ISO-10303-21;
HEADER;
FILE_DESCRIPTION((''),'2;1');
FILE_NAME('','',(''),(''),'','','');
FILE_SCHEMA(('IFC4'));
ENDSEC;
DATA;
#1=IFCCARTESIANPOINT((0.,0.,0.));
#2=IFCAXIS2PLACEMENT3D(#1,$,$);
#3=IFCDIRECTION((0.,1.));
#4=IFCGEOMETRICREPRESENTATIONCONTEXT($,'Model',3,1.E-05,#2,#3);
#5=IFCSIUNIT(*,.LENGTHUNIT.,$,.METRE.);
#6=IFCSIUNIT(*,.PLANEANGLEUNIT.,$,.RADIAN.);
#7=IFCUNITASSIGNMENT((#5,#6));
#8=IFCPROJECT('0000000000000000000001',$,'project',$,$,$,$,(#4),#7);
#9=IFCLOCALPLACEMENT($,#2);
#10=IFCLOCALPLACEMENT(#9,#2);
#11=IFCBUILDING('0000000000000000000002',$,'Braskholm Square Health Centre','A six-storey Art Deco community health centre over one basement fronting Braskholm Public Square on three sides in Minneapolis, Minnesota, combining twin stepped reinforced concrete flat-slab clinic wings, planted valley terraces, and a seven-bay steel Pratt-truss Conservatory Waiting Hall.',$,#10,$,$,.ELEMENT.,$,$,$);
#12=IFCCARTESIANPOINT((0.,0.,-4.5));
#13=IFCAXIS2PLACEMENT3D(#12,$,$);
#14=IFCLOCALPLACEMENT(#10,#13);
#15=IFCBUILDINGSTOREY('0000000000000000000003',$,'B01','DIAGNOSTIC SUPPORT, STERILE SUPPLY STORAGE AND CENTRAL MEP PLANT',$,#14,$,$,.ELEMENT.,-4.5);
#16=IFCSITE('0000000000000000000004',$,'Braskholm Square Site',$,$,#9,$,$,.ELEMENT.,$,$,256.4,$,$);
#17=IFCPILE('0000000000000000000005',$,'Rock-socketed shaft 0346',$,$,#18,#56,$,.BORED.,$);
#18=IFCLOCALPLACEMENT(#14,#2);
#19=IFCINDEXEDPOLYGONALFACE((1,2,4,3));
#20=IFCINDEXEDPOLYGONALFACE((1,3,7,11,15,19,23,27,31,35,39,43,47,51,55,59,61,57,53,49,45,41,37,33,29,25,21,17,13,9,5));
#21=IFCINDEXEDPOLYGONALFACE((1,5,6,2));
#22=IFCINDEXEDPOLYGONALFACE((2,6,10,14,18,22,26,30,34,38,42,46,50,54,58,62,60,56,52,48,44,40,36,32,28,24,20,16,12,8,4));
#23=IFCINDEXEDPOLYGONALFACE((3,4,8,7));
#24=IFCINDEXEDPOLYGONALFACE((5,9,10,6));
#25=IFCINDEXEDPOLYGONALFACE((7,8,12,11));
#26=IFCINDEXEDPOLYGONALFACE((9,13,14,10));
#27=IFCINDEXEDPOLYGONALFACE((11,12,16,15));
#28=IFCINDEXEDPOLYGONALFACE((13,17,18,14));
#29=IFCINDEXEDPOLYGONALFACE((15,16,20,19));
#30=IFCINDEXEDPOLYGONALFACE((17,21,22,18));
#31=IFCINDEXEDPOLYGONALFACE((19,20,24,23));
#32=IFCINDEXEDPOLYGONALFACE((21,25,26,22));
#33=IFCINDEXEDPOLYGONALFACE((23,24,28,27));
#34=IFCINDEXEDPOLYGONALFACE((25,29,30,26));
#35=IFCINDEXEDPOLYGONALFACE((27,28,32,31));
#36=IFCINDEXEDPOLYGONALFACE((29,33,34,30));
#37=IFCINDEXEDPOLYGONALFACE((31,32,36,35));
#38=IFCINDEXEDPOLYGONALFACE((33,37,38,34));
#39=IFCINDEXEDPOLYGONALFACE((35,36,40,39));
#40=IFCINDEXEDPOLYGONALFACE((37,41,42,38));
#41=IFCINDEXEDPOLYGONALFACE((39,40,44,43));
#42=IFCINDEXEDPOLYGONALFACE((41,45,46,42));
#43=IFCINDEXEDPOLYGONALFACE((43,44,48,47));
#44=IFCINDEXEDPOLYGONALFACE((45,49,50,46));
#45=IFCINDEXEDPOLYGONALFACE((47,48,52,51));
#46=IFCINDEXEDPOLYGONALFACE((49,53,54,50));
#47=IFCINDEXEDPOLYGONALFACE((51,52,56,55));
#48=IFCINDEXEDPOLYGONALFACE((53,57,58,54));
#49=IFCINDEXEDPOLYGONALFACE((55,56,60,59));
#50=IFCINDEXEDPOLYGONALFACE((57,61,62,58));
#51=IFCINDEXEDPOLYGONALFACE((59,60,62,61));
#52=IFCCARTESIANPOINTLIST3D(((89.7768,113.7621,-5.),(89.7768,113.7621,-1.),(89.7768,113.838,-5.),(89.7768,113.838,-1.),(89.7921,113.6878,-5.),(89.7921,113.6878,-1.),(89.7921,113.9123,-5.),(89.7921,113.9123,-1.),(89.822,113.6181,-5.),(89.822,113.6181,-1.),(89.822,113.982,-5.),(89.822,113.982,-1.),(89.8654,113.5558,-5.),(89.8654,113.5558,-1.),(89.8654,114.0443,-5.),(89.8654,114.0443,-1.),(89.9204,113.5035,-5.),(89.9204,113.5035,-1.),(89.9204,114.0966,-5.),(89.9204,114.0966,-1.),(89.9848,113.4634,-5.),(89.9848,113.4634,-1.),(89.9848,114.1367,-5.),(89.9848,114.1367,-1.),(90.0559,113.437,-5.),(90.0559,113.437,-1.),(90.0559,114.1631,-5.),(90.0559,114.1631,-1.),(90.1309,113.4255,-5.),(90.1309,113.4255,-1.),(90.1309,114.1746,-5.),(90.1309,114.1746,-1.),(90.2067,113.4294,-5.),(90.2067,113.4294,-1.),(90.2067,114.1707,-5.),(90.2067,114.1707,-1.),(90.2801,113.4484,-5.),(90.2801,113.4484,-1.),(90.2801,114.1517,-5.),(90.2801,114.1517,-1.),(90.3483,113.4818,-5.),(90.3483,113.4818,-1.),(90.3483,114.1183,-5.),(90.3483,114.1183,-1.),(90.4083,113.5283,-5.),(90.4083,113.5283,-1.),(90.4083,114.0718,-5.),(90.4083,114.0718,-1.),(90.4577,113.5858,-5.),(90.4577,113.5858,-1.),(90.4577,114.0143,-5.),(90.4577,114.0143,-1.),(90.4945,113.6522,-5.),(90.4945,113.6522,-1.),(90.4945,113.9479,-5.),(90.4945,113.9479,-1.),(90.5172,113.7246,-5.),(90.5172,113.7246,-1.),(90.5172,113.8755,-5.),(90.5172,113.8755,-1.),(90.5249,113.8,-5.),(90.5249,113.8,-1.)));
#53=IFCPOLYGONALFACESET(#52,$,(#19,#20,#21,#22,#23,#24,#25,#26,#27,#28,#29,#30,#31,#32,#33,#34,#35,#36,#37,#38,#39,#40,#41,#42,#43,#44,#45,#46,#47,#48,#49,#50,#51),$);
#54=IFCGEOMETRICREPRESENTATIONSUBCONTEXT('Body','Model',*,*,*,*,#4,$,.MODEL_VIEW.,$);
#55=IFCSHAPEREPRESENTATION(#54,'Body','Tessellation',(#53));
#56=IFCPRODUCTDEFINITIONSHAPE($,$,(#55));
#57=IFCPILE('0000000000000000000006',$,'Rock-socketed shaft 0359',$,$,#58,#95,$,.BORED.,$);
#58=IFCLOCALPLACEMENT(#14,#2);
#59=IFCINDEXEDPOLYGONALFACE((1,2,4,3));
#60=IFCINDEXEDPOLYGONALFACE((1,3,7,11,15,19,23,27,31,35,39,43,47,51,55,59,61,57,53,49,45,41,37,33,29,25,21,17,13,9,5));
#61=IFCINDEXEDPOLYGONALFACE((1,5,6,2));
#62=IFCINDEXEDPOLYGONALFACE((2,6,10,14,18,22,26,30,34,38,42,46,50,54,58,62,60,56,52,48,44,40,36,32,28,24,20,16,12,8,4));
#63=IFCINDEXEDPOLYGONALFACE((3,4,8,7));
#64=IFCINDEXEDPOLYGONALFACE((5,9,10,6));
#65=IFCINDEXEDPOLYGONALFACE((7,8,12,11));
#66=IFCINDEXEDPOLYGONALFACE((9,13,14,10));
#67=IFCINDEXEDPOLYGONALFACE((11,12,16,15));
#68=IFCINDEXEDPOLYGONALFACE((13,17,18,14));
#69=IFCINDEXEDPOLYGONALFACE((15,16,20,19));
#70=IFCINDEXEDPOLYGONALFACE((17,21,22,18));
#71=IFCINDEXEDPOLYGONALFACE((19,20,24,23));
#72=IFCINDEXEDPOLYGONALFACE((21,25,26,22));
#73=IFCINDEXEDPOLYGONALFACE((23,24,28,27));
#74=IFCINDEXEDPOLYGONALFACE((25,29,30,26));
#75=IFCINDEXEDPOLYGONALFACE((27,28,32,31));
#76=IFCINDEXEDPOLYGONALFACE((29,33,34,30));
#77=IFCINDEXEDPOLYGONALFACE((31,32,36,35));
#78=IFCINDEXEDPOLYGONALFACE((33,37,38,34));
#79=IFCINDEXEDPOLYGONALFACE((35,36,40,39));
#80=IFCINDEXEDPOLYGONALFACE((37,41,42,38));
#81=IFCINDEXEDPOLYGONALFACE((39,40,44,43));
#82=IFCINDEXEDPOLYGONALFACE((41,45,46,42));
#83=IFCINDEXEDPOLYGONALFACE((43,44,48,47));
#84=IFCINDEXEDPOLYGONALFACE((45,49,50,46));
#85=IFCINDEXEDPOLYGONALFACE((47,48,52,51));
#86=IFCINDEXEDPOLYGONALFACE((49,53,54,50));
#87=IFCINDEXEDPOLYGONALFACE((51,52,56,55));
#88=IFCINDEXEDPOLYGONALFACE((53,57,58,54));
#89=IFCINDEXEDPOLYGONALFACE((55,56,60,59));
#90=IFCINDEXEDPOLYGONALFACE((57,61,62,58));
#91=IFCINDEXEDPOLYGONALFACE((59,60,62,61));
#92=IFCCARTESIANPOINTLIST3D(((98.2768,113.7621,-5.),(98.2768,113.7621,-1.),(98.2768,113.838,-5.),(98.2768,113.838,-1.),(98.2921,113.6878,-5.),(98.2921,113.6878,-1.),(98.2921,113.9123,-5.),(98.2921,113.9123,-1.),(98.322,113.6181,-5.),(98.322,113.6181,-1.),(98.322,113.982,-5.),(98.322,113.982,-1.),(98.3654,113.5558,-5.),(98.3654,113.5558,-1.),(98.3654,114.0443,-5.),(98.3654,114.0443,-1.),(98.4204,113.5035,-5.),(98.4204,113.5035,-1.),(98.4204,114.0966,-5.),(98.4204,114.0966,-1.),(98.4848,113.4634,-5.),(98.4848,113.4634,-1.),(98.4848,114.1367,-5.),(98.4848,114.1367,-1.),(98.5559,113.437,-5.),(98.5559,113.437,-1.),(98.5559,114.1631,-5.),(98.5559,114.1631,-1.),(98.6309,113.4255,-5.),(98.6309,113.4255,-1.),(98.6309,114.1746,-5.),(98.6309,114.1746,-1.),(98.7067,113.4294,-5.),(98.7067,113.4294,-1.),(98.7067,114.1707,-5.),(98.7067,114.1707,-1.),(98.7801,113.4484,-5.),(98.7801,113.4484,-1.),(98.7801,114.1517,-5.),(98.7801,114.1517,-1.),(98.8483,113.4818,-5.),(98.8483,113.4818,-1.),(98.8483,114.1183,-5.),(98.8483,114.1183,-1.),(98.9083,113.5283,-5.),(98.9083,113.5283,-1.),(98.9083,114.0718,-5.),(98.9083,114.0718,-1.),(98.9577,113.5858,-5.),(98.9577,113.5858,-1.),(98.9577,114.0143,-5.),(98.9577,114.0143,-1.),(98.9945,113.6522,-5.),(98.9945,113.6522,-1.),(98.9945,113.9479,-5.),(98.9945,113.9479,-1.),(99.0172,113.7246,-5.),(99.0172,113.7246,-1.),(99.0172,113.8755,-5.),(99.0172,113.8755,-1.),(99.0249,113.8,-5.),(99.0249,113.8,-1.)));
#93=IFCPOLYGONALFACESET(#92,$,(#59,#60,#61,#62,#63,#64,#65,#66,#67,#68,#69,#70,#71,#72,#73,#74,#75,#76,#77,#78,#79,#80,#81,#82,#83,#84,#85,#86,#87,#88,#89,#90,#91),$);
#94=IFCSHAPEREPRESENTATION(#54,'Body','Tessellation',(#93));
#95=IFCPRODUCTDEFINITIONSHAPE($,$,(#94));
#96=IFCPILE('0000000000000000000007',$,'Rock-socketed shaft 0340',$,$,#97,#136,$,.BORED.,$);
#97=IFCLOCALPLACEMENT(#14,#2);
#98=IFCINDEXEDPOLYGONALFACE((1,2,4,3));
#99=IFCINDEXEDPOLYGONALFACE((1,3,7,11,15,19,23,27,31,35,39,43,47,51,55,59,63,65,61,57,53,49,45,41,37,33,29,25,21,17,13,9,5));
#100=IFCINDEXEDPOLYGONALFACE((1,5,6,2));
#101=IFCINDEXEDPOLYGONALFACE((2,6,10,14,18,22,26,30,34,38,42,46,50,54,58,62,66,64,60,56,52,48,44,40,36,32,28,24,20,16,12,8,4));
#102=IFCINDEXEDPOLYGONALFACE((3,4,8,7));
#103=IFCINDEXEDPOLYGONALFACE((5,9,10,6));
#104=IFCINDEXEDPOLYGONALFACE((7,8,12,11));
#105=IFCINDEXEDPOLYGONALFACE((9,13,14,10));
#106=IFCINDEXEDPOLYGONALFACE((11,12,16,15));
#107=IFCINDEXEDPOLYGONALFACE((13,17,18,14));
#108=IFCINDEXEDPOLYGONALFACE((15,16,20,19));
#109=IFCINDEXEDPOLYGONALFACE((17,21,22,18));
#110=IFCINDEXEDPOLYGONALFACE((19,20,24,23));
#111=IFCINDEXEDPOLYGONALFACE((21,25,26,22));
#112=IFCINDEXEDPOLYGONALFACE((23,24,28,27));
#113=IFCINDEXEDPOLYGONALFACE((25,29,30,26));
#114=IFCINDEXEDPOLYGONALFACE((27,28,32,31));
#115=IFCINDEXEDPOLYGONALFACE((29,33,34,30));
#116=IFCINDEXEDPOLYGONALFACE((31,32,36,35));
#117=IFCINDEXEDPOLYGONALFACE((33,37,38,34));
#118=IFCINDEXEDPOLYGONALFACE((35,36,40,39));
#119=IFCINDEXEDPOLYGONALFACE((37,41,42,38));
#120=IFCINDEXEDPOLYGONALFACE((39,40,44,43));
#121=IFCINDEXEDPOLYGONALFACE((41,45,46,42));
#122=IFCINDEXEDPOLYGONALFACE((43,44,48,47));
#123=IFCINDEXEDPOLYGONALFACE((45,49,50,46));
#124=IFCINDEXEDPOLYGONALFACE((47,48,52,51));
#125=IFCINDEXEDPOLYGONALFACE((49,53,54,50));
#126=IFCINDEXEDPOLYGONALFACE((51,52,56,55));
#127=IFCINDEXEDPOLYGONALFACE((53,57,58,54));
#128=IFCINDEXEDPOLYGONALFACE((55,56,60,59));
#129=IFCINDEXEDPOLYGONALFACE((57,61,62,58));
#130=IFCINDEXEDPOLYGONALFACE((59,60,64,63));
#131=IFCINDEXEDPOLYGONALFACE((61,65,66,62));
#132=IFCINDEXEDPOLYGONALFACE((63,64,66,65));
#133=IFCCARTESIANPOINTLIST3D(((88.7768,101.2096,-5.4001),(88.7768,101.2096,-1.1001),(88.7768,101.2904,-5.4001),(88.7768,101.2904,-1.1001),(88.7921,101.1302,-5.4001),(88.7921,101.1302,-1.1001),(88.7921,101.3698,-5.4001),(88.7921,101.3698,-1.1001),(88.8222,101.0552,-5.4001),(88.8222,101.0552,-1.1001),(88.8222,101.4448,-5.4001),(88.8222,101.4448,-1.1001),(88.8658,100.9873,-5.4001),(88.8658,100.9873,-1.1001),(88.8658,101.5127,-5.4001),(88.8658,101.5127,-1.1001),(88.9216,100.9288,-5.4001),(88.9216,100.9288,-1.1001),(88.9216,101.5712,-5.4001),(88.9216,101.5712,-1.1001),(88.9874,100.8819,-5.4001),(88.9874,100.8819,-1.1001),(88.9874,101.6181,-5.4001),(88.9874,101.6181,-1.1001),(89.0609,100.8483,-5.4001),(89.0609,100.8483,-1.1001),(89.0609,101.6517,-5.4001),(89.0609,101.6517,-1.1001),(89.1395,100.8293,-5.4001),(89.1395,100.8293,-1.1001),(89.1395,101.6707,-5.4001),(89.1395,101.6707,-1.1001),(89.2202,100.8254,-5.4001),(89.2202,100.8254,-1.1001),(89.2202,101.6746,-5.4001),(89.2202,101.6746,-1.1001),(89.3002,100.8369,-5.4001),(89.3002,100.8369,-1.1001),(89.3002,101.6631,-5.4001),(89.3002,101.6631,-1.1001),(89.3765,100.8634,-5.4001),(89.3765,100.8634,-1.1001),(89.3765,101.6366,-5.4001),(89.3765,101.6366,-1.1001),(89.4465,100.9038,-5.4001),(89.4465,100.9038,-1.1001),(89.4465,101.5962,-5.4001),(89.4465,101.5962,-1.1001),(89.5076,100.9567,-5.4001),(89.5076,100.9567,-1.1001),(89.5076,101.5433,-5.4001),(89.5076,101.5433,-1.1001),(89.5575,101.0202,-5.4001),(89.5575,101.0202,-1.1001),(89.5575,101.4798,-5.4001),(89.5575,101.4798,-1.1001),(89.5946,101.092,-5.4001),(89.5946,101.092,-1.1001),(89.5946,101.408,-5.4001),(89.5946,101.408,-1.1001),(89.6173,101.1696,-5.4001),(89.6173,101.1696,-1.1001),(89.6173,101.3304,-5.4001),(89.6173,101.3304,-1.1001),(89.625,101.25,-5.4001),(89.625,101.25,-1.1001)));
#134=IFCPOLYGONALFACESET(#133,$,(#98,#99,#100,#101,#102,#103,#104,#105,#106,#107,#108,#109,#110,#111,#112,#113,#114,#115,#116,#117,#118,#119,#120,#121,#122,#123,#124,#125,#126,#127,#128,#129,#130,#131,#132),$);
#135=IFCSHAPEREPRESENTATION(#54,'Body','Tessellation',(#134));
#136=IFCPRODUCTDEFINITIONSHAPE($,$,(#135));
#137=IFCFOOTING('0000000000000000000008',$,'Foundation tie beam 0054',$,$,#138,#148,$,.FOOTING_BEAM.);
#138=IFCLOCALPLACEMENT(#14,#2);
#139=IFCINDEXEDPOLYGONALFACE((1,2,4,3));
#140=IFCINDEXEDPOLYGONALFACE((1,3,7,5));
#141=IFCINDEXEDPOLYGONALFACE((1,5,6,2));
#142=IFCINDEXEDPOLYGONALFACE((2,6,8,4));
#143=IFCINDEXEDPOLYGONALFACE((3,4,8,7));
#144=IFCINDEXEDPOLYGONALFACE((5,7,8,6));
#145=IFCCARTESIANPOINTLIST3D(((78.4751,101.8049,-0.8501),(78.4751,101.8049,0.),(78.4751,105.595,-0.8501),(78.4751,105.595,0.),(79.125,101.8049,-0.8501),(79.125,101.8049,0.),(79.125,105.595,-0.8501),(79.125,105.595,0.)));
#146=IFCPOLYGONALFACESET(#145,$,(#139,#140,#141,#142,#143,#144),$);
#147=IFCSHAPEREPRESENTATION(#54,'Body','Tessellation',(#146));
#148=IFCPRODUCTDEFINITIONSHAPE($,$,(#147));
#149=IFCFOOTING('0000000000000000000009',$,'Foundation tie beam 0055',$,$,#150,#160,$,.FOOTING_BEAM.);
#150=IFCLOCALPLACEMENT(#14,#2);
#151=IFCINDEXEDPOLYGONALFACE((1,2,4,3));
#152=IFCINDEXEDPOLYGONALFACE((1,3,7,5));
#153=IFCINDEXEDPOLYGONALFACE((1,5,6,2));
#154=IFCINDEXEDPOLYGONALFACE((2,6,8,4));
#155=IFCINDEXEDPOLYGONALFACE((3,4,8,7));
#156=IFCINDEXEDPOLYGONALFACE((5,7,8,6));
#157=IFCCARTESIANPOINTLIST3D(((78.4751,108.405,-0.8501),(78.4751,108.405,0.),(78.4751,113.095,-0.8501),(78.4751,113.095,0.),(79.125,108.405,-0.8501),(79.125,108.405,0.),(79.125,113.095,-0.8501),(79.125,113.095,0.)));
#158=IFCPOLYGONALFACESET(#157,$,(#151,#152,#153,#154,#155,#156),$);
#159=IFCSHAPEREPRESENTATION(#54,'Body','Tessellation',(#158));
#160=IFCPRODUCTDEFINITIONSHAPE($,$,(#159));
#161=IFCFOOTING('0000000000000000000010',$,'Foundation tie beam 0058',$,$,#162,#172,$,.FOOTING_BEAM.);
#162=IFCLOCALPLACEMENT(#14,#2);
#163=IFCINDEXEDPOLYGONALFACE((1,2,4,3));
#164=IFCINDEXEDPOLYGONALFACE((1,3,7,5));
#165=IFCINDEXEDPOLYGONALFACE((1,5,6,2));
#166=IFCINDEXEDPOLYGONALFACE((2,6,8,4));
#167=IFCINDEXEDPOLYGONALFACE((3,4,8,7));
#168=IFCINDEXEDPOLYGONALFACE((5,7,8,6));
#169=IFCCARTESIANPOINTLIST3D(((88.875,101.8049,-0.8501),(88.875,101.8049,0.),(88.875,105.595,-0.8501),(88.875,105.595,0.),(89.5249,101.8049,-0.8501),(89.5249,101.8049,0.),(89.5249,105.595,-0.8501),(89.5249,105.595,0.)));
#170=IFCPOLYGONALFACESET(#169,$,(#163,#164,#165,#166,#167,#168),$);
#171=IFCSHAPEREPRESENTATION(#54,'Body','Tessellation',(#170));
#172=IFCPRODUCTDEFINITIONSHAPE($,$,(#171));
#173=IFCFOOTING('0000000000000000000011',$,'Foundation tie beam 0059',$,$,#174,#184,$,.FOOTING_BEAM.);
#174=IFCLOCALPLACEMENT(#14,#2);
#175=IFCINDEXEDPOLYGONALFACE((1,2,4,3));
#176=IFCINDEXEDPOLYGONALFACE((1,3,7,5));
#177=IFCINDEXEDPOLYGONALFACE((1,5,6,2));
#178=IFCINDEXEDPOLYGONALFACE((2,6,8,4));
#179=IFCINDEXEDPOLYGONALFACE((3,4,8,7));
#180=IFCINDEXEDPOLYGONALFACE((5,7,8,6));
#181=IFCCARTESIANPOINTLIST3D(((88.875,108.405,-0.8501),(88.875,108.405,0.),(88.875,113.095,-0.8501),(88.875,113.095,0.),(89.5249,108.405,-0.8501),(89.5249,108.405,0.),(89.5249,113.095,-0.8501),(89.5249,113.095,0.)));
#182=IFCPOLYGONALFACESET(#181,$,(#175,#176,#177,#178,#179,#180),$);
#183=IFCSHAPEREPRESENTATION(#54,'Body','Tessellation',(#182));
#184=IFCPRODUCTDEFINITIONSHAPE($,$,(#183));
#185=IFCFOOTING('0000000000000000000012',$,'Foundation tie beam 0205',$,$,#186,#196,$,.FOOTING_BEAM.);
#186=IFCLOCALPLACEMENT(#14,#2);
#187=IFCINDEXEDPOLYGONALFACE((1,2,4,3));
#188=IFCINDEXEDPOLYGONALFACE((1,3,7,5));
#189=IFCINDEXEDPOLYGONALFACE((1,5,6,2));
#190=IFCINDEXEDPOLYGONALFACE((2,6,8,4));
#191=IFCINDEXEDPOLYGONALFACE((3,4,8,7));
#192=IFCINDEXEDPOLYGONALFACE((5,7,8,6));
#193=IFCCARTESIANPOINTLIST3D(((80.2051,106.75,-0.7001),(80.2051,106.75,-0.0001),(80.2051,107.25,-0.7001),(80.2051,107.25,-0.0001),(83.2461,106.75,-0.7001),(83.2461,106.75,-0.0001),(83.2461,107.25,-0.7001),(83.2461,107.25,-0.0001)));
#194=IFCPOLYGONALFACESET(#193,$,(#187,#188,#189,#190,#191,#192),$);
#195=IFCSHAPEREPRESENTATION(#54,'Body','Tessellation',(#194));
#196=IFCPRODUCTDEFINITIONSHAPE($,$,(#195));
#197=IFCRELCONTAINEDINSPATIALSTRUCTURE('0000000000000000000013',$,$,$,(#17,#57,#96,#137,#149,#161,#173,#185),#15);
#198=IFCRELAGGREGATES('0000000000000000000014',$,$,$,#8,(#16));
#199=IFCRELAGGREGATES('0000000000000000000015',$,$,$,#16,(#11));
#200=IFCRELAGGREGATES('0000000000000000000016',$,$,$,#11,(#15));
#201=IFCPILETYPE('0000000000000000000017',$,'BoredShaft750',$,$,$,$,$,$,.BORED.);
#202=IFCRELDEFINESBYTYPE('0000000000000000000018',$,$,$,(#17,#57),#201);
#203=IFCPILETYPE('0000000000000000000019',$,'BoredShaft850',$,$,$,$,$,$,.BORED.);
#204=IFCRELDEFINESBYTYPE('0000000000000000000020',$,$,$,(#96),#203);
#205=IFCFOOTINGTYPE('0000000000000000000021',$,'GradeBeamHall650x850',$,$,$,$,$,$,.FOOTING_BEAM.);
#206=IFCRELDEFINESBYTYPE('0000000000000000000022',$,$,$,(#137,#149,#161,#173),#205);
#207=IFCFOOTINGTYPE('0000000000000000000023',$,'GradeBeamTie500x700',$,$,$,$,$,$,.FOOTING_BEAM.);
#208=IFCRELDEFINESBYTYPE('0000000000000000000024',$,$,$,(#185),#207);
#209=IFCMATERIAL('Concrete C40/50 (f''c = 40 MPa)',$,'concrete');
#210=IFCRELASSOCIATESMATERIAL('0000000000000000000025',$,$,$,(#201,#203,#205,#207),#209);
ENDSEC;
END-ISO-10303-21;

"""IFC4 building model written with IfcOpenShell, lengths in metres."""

from ifc_helpers import new_model, si_unit, direction, frame, origin, origin_2d, place, context, subcontext, project, spatial, rectangle, circle, extrude, material, material_profile, profile_set, type_object, element, save


model = new_model("IFC4")

# Units and contexts
model_context = context("Model", 3, precision=1e-05, world=origin(), true_north=direction((0.0, 1.0)))
body_context = subcontext(model_context, "Body", "Model", "MODEL_VIEW")
ifc_project = project(units=[si_unit("LENGTHUNIT", "METRE"), si_unit("PLANEANGLEUNIT", "RADIAN")], contexts=[model_context])

# Site, building, storey
site_placement = place(None, origin())
site = spatial("IfcSite", under=ifc_project, at=site_placement, Name="Braskholm Square Site", CompositionType="ELEMENT", RefElevation=256.4)
building_placement = place(site_placement, origin())
building = spatial("IfcBuilding", under=site, at=building_placement, Name="Braskholm Square Health Centre", Description="A six-storey Art Deco community health centre over one basement fronting Braskholm Public Square on three sides in Minneapolis, Minnesota, combining twin stepped reinforced concrete flat-slab clinic wings, planted valley terraces, and a seven-bay steel Pratt-truss Conservatory Waiting Hall.", CompositionType="ELEMENT")
storey_placement = place(building_placement, frame((0.0, 0.0, -4.5)))
storey = spatial("IfcBuildingStorey", under=building, at=storey_placement, Name="B01", Description="DIAGNOSTIC SUPPORT, STERILE SUPPLY STORAGE AND CENTRAL MEP PLANT", CompositionType="ELEMENT", Elevation=-4.5)

# Piles
ifc_material_1 = material(Name="Concrete C40/50 (f'c = 40 MPa)", Category="concrete")
ifc_material_profile_1 = material_profile(ifc_material_1, circle(Radius=0.375, at=origin_2d()), Name="BORED-PILE-750")
ifc_profile_set_1 = profile_set([ifc_material_profile_1], Name="Concrete C40/50 (f'c = 40 MPa)")
pile_type_1 = type_object("IfcPileType", Name="BoredShaft750", PredefinedType="BORED", material=ifc_profile_set_1)
for number, where, z_axis, x_axis, name in (
    (1, (90.1499, 113.8, -1.0), (0.0, 0.0, -1.0), (1.0, 0.0, 0.0), "Rock-socketed shaft 0346"),
    (2, (98.6499, 113.8, -1.0), (0.0, 0.0, -1.0), (1.0, 0.0, 0.0), "Rock-socketed shaft 0359"),
):
    element("IfcPile", number, at=place(storey_placement, frame(where, z_axis=z_axis, x_axis=x_axis)), inside=storey, type_object=pile_type_1, Name=name, PredefinedType="BORED", context=body_context, shape_type="SweptSolid", body=[
        extrude(circle(Radius=0.375, at=origin_2d()), origin(), (0.0, 0.0, 1.0), 4.0),
    ])
ifc_material_profile_2 = material_profile(ifc_material_1, circle(Radius=0.425, at=origin_2d()), Name="BORED-PILE-850")
ifc_profile_set_2 = profile_set([ifc_material_profile_2], Name="Concrete C40/50 (f'c = 40 MPa)")
pile_type_2 = type_object("IfcPileType", Name="BoredShaft850", PredefinedType="BORED", material=ifc_profile_set_2)
pile_placement = place(storey_placement, frame((89.2, 101.25, -1.1001), z_axis=(0.0, 0.0, -1.0), x_axis=(1.0, 0.0, 0.0)))
element("IfcPile", 3, at=pile_placement, inside=storey, type_object=pile_type_2, Name="Rock-socketed shaft 0340", PredefinedType="BORED", context=body_context, shape_type="SweptSolid", body=[
    extrude(circle(Radius=0.425, at=origin_2d()), origin(), (0.0, 0.0, 1.0), 4.3),
])

# Footings
ifc_material_profile_3 = material_profile(ifc_material_1, rectangle(XDim=0.6499, YDim=0.8501, at=origin_2d()), Name="FTG-650X850")
ifc_profile_set_3 = profile_set([ifc_material_profile_3], Name="Concrete C40/50 (f'c = 40 MPa)")
footing_type_1 = type_object("IfcFootingType", Name="GradeBeamHall650x850", PredefinedType="FOOTING_BEAM", material=ifc_profile_set_3)
footing_1_placement = place(storey_placement, frame((78.8, 101.8049, -0.425), z_axis=(0.0, 1.0, 0.0), x_axis=(-1.0, 0.0, 0.0)))
element("IfcFooting", 4, at=footing_1_placement, inside=storey, type_object=footing_type_1, Name="Foundation tie beam 0054", PredefinedType="FOOTING_BEAM", context=body_context, shape_type="SweptSolid", body=[
    extrude(rectangle(XDim=0.6499, YDim=0.8501, at=origin_2d()), origin(), (0.0, 0.0, 1.0), 3.79),
])
footing_2_placement = place(storey_placement, frame((78.8, 108.405, -0.425), z_axis=(0.0, 1.0, 0.0), x_axis=(-1.0, 0.0, 0.0)))
element("IfcFooting", 5, at=footing_2_placement, inside=storey, type_object=footing_type_1, Name="Foundation tie beam 0055", PredefinedType="FOOTING_BEAM", context=body_context, shape_type="SweptSolid", body=[
    extrude(rectangle(XDim=0.6499, YDim=0.8501, at=origin_2d()), origin(), (0.0, 0.0, 1.0), 4.6899),
])
footing_3_placement = place(storey_placement, frame((89.2, 101.8049, -0.425), z_axis=(0.0, 1.0, 0.0), x_axis=(-1.0, 0.0, 0.0)))
element("IfcFooting", 6, at=footing_3_placement, inside=storey, type_object=footing_type_1, Name="Foundation tie beam 0058", PredefinedType="FOOTING_BEAM", context=body_context, shape_type="SweptSolid", body=[
    extrude(rectangle(XDim=0.6499, YDim=0.8501, at=origin_2d()), origin(), (0.0, 0.0, 1.0), 3.79),
])
footing_4_placement = place(storey_placement, frame((89.2, 108.405, -0.425), z_axis=(0.0, 1.0, 0.0), x_axis=(-1.0, 0.0, 0.0)))
element("IfcFooting", 7, at=footing_4_placement, inside=storey, type_object=footing_type_1, Name="Foundation tie beam 0059", PredefinedType="FOOTING_BEAM", context=body_context, shape_type="SweptSolid", body=[
    extrude(rectangle(XDim=0.6499, YDim=0.8501, at=origin_2d()), origin(), (0.0, 0.0, 1.0), 4.6899),
])
ifc_material_profile_4 = material_profile(ifc_material_1, rectangle(XDim=0.5, YDim=0.7, at=origin_2d()), Name="FTG-500X700")
ifc_profile_set_4 = profile_set([ifc_material_profile_4], Name="Concrete C40/50 (f'c = 40 MPa)")
footing_type_2 = type_object("IfcFootingType", Name="GradeBeamTie500x700", PredefinedType="FOOTING_BEAM", material=ifc_profile_set_4)
for number, where, z_axis, x_axis, name in (
    (8, (80.2051, 107.0, -0.3501), (1.0, 0.0, 0.0), (0.0, 1.0, 0.0), "Foundation tie beam 0205"),
):
    element("IfcFooting", number, at=place(storey_placement, frame(where, z_axis=z_axis, x_axis=x_axis)), inside=storey, type_object=footing_type_2, Name=name, PredefinedType="FOOTING_BEAM", context=body_context, shape_type="SweptSolid", body=[
        extrude(rectangle(XDim=0.5, YDim=0.7, at=origin_2d()), origin(), (0.0, 0.0, 1.0), 3.041),
    ])

save(model, "model.ifc")
